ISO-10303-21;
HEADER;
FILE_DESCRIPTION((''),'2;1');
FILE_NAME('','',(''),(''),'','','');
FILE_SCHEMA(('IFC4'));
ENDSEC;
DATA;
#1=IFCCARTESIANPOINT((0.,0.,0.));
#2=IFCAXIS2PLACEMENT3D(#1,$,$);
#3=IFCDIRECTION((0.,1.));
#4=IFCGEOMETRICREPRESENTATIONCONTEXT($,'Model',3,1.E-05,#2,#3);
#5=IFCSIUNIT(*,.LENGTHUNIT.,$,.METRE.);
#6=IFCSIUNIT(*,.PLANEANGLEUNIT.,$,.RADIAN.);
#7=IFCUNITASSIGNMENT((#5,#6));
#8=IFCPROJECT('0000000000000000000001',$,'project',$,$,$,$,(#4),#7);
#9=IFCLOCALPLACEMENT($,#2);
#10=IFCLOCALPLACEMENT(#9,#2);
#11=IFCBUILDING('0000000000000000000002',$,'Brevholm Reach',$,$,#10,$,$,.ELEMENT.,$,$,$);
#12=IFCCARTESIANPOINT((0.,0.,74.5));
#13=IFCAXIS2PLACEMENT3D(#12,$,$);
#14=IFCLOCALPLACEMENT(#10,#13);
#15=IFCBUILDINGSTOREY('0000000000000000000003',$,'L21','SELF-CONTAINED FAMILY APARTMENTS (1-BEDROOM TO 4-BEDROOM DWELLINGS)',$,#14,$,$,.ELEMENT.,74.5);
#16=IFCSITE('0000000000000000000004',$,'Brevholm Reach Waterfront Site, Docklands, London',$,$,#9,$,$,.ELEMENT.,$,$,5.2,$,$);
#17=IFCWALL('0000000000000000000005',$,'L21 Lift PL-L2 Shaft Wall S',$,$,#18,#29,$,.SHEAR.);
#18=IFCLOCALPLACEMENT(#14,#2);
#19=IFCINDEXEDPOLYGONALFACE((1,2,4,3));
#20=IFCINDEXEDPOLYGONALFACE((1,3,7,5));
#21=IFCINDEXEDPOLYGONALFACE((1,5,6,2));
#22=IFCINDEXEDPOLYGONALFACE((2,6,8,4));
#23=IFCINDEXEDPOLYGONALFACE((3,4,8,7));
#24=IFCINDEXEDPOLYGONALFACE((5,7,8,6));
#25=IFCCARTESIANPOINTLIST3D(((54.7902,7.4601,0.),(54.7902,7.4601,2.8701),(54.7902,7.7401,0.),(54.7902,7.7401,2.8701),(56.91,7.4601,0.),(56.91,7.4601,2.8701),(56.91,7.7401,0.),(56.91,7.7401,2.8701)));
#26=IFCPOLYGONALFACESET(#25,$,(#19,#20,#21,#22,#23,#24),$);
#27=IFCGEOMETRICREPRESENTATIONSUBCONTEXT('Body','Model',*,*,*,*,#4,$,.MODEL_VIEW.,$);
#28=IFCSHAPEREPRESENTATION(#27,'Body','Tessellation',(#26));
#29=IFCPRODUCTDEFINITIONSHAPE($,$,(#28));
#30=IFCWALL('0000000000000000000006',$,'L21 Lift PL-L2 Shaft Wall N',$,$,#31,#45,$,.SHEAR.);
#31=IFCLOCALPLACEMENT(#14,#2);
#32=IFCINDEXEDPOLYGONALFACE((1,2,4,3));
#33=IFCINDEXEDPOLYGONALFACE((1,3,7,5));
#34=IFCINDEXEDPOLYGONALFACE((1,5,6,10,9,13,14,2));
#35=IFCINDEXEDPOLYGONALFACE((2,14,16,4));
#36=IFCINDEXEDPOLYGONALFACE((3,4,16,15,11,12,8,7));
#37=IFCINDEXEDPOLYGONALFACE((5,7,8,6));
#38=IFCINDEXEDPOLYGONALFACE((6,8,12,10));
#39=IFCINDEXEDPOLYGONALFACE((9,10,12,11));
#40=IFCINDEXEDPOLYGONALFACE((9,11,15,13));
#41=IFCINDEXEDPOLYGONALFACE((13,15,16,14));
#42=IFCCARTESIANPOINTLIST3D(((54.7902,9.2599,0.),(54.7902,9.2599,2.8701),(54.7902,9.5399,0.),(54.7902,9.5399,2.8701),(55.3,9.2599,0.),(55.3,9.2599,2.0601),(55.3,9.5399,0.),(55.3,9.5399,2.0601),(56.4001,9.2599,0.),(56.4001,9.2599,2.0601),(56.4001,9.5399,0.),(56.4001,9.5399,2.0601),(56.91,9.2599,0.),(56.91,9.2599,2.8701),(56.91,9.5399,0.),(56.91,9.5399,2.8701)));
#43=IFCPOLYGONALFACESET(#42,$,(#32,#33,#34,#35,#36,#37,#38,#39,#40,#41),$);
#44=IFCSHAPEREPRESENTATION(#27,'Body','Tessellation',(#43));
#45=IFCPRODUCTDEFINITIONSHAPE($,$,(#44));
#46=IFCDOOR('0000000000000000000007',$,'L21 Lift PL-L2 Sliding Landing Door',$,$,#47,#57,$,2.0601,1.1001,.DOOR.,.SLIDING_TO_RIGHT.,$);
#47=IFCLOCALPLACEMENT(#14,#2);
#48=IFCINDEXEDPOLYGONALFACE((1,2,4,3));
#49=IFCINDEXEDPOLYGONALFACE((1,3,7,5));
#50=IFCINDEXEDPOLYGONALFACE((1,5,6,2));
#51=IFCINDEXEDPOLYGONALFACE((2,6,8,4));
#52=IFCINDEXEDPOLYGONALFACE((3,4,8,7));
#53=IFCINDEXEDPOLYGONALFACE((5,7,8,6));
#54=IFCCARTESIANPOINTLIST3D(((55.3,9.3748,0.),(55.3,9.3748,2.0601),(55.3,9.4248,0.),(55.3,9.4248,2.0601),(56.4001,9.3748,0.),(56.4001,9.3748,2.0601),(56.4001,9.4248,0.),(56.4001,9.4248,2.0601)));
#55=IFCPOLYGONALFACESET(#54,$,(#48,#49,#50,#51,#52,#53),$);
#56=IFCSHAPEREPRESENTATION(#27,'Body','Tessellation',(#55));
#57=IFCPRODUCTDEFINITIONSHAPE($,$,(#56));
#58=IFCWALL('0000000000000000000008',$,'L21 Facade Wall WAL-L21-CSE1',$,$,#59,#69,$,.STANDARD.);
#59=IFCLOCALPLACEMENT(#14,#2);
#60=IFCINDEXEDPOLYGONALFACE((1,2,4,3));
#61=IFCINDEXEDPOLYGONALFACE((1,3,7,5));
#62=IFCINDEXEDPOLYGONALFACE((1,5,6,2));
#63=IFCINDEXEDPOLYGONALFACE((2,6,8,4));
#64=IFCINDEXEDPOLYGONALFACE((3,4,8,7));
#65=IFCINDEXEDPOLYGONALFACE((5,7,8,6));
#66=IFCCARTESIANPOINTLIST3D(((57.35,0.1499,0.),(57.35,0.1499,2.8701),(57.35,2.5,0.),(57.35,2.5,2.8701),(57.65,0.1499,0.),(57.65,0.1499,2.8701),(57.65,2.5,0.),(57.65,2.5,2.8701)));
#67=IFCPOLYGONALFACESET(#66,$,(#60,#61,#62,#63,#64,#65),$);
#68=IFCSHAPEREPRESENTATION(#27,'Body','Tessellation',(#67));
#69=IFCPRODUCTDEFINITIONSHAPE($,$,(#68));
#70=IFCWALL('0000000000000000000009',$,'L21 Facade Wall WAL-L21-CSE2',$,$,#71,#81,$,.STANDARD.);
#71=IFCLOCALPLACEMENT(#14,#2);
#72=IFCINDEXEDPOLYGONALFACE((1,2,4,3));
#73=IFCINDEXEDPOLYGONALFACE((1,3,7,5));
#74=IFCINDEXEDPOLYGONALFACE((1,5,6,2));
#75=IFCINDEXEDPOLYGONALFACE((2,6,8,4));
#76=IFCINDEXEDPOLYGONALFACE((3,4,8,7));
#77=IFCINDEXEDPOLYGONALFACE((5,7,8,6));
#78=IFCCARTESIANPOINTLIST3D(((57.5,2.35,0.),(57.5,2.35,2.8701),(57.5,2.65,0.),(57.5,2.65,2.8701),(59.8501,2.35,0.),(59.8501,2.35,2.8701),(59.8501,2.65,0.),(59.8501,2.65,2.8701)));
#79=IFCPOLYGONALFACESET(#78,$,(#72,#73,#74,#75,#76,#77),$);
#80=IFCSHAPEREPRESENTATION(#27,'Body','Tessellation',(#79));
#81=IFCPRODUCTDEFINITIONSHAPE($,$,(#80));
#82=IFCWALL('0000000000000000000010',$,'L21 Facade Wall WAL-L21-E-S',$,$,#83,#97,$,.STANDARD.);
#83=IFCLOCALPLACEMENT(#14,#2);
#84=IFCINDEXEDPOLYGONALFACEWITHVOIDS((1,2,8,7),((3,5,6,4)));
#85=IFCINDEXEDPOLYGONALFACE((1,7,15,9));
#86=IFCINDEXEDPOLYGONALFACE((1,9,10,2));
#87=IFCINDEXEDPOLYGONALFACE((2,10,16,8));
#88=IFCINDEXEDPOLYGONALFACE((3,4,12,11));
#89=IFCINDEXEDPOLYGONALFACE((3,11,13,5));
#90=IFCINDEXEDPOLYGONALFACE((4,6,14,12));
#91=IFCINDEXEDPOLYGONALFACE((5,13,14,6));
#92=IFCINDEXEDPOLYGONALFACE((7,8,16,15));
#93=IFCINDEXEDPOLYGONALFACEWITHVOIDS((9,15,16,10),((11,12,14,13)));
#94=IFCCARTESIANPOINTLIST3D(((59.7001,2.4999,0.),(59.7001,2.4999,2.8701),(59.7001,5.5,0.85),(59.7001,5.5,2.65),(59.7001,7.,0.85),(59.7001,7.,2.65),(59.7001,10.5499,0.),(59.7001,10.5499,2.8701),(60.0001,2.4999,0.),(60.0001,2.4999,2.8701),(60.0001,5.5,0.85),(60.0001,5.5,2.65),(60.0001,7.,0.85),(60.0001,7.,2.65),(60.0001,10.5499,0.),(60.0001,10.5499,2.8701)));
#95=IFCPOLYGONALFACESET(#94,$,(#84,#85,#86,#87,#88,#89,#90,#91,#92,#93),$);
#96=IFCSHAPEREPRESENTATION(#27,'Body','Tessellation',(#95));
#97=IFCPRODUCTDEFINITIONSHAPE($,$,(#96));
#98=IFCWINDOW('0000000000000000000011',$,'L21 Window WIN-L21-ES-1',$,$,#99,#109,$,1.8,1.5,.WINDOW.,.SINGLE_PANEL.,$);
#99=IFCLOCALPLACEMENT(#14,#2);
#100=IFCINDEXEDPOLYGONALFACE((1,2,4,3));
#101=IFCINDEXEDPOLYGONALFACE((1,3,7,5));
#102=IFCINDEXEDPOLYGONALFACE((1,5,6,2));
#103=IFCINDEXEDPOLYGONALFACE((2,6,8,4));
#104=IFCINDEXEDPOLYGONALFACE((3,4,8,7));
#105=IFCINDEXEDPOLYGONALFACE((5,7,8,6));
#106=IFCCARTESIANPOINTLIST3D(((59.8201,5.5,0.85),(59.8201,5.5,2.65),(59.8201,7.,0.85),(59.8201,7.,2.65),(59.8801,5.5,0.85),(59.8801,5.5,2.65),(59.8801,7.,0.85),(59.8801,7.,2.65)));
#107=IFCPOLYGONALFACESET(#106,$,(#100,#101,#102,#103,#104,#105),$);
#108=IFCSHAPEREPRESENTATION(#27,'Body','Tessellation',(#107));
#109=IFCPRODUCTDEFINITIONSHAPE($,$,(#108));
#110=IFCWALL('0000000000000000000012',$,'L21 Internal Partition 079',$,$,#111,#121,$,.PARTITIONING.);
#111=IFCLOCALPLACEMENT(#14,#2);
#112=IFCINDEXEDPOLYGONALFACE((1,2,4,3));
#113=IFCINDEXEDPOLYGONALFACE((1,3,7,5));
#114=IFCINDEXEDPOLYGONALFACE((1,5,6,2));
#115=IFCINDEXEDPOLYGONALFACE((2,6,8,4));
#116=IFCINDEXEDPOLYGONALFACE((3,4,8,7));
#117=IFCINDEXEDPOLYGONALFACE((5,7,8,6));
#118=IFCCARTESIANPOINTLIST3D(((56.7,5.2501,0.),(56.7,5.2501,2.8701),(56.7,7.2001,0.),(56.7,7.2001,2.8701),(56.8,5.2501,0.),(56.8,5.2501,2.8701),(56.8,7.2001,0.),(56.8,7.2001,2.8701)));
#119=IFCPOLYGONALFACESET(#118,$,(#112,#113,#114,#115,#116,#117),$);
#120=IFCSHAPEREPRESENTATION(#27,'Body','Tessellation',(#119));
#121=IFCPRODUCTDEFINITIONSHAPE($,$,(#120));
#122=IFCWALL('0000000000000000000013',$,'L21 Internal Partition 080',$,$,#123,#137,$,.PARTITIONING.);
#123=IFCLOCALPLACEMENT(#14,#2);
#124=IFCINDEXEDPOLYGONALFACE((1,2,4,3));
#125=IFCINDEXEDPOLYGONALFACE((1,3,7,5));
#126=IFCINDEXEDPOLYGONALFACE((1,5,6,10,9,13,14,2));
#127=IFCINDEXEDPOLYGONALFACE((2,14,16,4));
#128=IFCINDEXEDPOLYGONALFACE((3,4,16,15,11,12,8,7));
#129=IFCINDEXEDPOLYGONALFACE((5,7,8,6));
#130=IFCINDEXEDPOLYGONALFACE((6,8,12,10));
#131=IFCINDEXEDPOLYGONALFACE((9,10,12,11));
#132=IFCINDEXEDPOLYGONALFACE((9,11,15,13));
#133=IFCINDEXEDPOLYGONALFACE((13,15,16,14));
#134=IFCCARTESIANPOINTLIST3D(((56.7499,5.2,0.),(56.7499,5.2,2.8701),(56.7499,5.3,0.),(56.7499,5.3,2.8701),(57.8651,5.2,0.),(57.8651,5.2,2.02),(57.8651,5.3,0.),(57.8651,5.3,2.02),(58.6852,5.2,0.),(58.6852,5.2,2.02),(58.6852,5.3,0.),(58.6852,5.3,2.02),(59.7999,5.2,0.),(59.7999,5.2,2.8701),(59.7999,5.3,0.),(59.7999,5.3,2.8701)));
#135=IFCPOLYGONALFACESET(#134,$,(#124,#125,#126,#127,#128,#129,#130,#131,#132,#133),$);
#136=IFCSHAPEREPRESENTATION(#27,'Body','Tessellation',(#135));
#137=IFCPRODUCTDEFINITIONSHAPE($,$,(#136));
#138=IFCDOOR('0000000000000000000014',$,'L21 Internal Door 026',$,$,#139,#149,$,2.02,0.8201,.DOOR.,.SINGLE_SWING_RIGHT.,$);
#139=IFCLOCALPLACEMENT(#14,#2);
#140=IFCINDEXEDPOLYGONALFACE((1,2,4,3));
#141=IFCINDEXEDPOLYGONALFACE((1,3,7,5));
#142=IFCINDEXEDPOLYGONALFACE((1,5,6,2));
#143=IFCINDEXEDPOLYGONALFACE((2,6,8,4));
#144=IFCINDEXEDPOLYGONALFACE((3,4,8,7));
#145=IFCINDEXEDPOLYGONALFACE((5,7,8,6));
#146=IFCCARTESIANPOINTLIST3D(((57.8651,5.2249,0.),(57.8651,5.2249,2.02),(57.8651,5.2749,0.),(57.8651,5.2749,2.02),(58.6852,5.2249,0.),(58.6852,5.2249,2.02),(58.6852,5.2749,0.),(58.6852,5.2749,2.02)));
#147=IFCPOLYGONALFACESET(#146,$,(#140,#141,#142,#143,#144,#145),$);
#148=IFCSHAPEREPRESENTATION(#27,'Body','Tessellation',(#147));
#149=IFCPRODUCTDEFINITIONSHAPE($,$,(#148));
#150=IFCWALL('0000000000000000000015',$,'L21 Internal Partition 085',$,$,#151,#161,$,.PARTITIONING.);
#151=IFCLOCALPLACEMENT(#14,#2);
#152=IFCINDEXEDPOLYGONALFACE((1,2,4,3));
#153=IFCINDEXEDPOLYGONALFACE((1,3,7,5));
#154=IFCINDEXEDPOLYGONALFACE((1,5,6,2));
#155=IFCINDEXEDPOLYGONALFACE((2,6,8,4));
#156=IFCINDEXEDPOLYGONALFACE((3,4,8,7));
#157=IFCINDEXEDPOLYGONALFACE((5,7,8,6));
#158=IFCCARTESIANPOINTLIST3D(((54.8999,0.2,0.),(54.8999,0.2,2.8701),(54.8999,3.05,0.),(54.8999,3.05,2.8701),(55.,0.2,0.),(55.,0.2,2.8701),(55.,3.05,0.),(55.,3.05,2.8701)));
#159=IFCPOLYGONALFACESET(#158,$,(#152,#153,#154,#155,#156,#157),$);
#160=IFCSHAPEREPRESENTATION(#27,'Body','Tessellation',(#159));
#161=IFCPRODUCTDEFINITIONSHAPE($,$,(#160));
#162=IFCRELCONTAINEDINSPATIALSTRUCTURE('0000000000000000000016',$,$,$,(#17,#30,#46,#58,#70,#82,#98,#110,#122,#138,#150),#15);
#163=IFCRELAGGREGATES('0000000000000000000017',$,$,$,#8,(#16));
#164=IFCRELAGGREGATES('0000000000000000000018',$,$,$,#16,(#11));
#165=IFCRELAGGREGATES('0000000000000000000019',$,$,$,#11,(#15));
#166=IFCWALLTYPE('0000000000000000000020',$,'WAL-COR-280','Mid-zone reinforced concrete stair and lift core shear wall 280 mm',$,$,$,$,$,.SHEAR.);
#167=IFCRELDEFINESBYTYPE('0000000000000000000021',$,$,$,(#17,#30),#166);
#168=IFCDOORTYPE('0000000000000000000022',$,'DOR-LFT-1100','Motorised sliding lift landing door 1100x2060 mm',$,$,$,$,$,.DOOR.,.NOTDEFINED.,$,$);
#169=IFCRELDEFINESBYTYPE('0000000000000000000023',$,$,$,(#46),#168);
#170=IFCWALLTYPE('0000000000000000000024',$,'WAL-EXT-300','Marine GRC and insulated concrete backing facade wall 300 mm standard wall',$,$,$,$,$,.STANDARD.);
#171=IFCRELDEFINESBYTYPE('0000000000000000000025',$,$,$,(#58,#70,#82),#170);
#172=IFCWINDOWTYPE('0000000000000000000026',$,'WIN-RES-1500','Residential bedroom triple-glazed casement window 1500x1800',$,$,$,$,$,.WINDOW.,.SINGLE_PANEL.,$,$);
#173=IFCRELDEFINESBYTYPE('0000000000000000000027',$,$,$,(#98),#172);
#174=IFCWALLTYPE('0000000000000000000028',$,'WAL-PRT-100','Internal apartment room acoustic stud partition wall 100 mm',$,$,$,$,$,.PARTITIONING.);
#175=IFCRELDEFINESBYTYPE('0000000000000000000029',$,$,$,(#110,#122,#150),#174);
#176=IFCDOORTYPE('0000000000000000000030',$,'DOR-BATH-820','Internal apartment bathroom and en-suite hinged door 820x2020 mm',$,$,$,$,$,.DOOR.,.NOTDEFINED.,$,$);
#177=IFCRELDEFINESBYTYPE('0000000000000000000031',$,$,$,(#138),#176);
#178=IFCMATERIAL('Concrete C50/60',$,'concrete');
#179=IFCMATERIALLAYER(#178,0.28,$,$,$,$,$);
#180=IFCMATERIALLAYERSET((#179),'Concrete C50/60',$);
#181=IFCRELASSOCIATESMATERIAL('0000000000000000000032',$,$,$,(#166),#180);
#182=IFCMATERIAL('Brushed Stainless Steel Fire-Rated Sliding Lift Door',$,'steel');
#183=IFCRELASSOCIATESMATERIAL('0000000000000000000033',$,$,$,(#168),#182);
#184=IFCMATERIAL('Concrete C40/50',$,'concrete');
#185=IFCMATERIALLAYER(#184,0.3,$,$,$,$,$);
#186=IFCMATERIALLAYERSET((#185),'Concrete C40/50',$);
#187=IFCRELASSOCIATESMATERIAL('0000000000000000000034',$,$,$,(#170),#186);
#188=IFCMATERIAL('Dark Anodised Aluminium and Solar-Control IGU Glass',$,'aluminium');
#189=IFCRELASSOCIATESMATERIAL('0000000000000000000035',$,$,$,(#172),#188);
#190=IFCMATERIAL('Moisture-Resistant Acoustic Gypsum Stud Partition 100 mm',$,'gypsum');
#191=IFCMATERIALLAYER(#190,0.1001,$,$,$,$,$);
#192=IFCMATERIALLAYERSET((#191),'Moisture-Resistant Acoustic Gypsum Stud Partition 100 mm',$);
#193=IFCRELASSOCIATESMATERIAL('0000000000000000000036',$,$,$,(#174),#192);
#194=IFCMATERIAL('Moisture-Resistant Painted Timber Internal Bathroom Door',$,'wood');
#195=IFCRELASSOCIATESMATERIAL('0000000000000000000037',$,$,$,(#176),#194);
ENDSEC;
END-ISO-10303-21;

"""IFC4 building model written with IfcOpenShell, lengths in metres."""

from ifc_helpers import new_model, si_unit, direction, frame, frame_2d, origin, place, context, subcontext, project, spatial, rectangle, extrude, material, layer, layer_set, type_object, element, fill, save


model = new_model("IFC4")

# Units and contexts
model_context = context("Model", 3, precision=1e-05, world=origin(), true_north=direction((0.0, 1.0)))
body_context = subcontext(model_context, "Body", "Model", "MODEL_VIEW")
ifc_project = project(units=[si_unit("LENGTHUNIT", "METRE"), si_unit("PLANEANGLEUNIT", "RADIAN")], contexts=[model_context])

# Site, building, storey
site_placement = place(None, origin())
site = spatial("IfcSite", under=ifc_project, at=site_placement, Name="Brevholm Reach Waterfront Site, Docklands, London", CompositionType="ELEMENT", RefElevation=5.2)
building_placement = place(site_placement, origin())
building = spatial("IfcBuilding", under=site, at=building_placement, Name="Brevholm Reach", CompositionType="ELEMENT")
storey_placement = place(building_placement, frame((0.0, 0.0, 74.5)))
storey = spatial("IfcBuildingStorey", under=building, at=storey_placement, Name="L21", Description="SELF-CONTAINED FAMILY APARTMENTS (1-BEDROOM TO 4-BEDROOM DWELLINGS)", CompositionType="ELEMENT", Elevation=74.5)

# Wall
ifc_material_1 = material(Name="Concrete C50/60", Category="concrete")
ifc_layer_1 = layer(ifc_material_1, 0.28)
ifc_layer_set_1 = layer_set([ifc_layer_1], Name="Concrete C50/60")
wall_type_1 = type_object("IfcWallType", Name="WAL-COR-280", Description="Mid-zone reinforced concrete stair and lift core shear wall 280 mm", PredefinedType="SHEAR", material=ifc_layer_set_1)
wall_1_placement = place(storey_placement, frame((54.79, 7.6001, 0.0), z_axis=(0.0, 0.0, 1.0), x_axis=(1.0, 0.0, 0.0)))
element("IfcWall", 1, at=wall_1_placement, inside=storey, type_object=wall_type_1, Name="L21 Lift PL-L2 Shaft Wall S", PredefinedType="SHEAR", context=body_context, shape_type="SweptSolid", body=[
    extrude(rectangle(XDim=2.1199, YDim=0.28, at=frame_2d((1.0601, 0.0))), origin(), (0.0, 0.0, 1.0), 2.8701),
])

# Wall, opening, door
wall_2_placement = place(storey_placement, frame((54.79, 9.3999, 0.0), z_axis=(0.0, 0.0, 1.0), x_axis=(1.0, 0.0, 0.0)))
wall_2 = element("IfcWall", 2, at=wall_2_placement, inside=storey, type_object=wall_type_1, Name="L21 Lift PL-L2 Shaft Wall N", PredefinedType="SHEAR", context=body_context, shape_type="SweptSolid", body=[
    extrude(rectangle(XDim=2.1199, YDim=0.28, at=frame_2d((1.0601, 0.0))), origin(), (0.0, 0.0, 1.0), 2.8701),
])
opening_1_placement = place(wall_2_placement, frame((0.51, 0.0, 0.0)))
opening_1 = element("IfcOpeningElement", 3, at=opening_1_placement, cuts=wall_2, PredefinedType="OPENING", context=body_context, shape_type="SweptSolid", body=[
    extrude(rectangle(XDim=1.1001, YDim=2.0601, at=frame_2d((0.55, 1.03))), frame((0.0, 0.1499, 0.0), z_axis=(0.0, -1.0, 0.0), x_axis=(1.0, 0.0, 0.0)), (0.0, 0.0, 1.0), 0.3),
])
ifc_material_2 = material(Name="Brushed Stainless Steel Fire-Rated Sliding Lift Door", Category="steel")
door_type_1 = type_object("IfcDoorType", Name="DOR-LFT-1100", Description="Motorised sliding lift landing door 1100x2060 mm", OperationType="NOTDEFINED", PredefinedType="DOOR", material=ifc_material_2)
door_1_placement = place(opening_1_placement, origin())
door_1 = element("IfcDoor", 4, at=door_1_placement, inside=storey, type_object=door_type_1, Name="L21 Lift PL-L2 Sliding Landing Door", OperationType="SLIDING_TO_RIGHT", OverallHeight=2.0601, OverallWidth=1.1001, PredefinedType="DOOR", context=body_context, shape_type="SweptSolid", body=[
    extrude(rectangle(XDim=1.1001, YDim=2.0601, at=frame_2d((0.55, 1.03))), frame((0.0, 0.0249, 0.0), z_axis=(0.0, -1.0, 0.0), x_axis=(1.0, 0.0, 0.0)), (0.0, 0.0, 1.0), 0.05),
])
fill(opening_1, door_1)

# Walls
ifc_material_3 = material(Name="Concrete C40/50", Category="concrete")
ifc_layer_2 = layer(ifc_material_3, 0.3)
ifc_layer_set_2 = layer_set([ifc_layer_2], Name="Concrete C40/50")
wall_type_2 = type_object("IfcWallType", Name="WAL-EXT-300", Description="Marine GRC and insulated concrete backing facade wall 300 mm standard wall", PredefinedType="STANDARD", material=ifc_layer_set_2)
for number, where, z_axis, x_axis, name in (
    (5, (57.5, 0.1499, 0.0), (0.0, 0.0, 1.0), (0.0, 1.0, 0.0), "L21 Facade Wall WAL-L21-CSE1"),
    (6, (57.5, 2.5, 0.0), (0.0, 0.0, 1.0), (1.0, 0.0, 0.0), "L21 Facade Wall WAL-L21-CSE2"),
):
    element("IfcWall", number, at=place(storey_placement, frame(where, z_axis=z_axis, x_axis=x_axis)), inside=storey, type_object=wall_type_2, Name=name, PredefinedType="STANDARD", context=body_context, shape_type="SweptSolid", body=[
        extrude(rectangle(XDim=2.3501, YDim=0.3, at=frame_2d((1.175, 0.0))), origin(), (0.0, 0.0, 1.0), 2.8701),
    ])

# Wall, opening, window
wall_3_placement = place(storey_placement, frame((59.8501, 2.5, 0.0), z_axis=(0.0, 0.0, 1.0), x_axis=(0.0, 1.0, 0.0)))
wall_3 = element("IfcWall", 7, at=wall_3_placement, inside=storey, type_object=wall_type_2, Name="L21 Facade Wall WAL-L21-E-S", PredefinedType="STANDARD", context=body_context, shape_type="SweptSolid", body=[
    extrude(rectangle(XDim=8.05, YDim=0.3, at=frame_2d((4.0249, 0.0))), origin(), (0.0, 0.0, 1.0), 2.8701),
])
opening_2_placement = place(wall_3_placement, frame((3.0, 0.0, 0.8501)))
opening_2 = element("IfcOpeningElement", 8, at=opening_2_placement, cuts=wall_3, PredefinedType="OPENING", context=body_context, shape_type="SweptSolid", body=[
    extrude(rectangle(XDim=1.5, YDim=1.8, at=frame_2d((0.75, 0.8999))), frame((0.0, 0.1599, 0.0), z_axis=(0.0, -1.0, 0.0), x_axis=(1.0, 0.0, 0.0)), (0.0, 0.0, 1.0), 0.3201),
])
ifc_material_4 = material(Name="Dark Anodised Aluminium and Solar-Control IGU Glass", Category="aluminium")
window_type = type_object("IfcWindowType", Name="WIN-RES-1500", Description="Residential bedroom triple-glazed casement window 1500x1800", PartitioningType="SINGLE_PANEL", PredefinedType="WINDOW", material=ifc_material_4)
window_placement = place(opening_2_placement, origin())
window = element("IfcWindow", 9, at=window_placement, inside=storey, type_object=window_type, Name="L21 Window WIN-L21-ES-1", OverallHeight=1.8, OverallWidth=1.5, PartitioningType="SINGLE_PANEL", PredefinedType="WINDOW", context=body_context, shape_type="SweptSolid", body=[
    extrude(rectangle(XDim=1.5, YDim=1.8, at=frame_2d((0.75, 0.8999))), frame((0.0, 0.03, 0.0), z_axis=(0.0, -1.0, 0.0), x_axis=(1.0, 0.0, 0.0)), (0.0, 0.0, 1.0), 0.0601),
])
fill(opening_2, window)

# Wall
ifc_material_5 = material(Name="Moisture-Resistant Acoustic Gypsum Stud Partition 100 mm", Category="gypsum")
ifc_layer_3 = layer(ifc_material_5, 0.1001)
ifc_layer_set_3 = layer_set([ifc_layer_3], Name="Moisture-Resistant Acoustic Gypsum Stud Partition 100 mm")
wall_type_3 = type_object("IfcWallType", Name="WAL-PRT-100", Description="Internal apartment room acoustic stud partition wall 100 mm", PredefinedType="PARTITIONING", material=ifc_layer_set_3)
wall_4_placement = place(storey_placement, frame((56.75, 5.25, 0.0), z_axis=(0.0, 0.0, 1.0), x_axis=(0.0, 1.0, 0.0)))
element("IfcWall", 10, at=wall_4_placement, inside=storey, type_object=wall_type_3, Name="L21 Internal Partition 079", PredefinedType="PARTITIONING", context=body_context, shape_type="SweptSolid", body=[
    extrude(rectangle(XDim=1.95, YDim=0.1001, at=frame_2d((0.9751, 0.0))), origin(), (0.0, 0.0, 1.0), 2.8701),
])

# Wall, opening, door
wall_5_placement = place(storey_placement, frame((56.75, 5.25, 0.0), z_axis=(0.0, 0.0, 1.0), x_axis=(1.0, 0.0, 0.0)))
wall_5 = element("IfcWall", 11, at=wall_5_placement, inside=storey, type_object=wall_type_3, Name="L21 Internal Partition 080", PredefinedType="PARTITIONING", context=body_context, shape_type="SweptSolid", body=[
    extrude(rectangle(XDim=3.05, YDim=0.1001, at=frame_2d((1.5249, 0.0))), origin(), (0.0, 0.0, 1.0), 2.8701),
])
opening_3_placement = place(wall_5_placement, frame((1.115, 0.0, 0.0)))
opening_3 = element("IfcOpeningElement", 12, at=opening_3_placement, cuts=wall_5, PredefinedType="OPENING", context=body_context, shape_type="SweptSolid", body=[
    extrude(rectangle(XDim=0.8201, YDim=2.02, at=frame_2d((0.4102, 1.01))), frame((0.0, 0.0601, 0.0), z_axis=(0.0, -1.0, 0.0), x_axis=(1.0, 0.0, 0.0)), (0.0, 0.0, 1.0), 0.1201),
])
ifc_material_6 = material(Name="Moisture-Resistant Painted Timber Internal Bathroom Door", Category="wood")
door_type_2 = type_object("IfcDoorType", Name="DOR-BATH-820", Description="Internal apartment bathroom and en-suite hinged door 820x2020 mm", OperationType="NOTDEFINED", PredefinedType="DOOR", material=ifc_material_6)
door_2_placement = place(opening_3_placement, origin())
door_2 = element("IfcDoor", 13, at=door_2_placement, inside=storey, type_object=door_type_2, Name="L21 Internal Door 026", OperationType="SINGLE_SWING_RIGHT", OverallHeight=2.02, OverallWidth=0.8201, PredefinedType="DOOR", context=body_context, shape_type="SweptSolid", body=[
    extrude(rectangle(XDim=0.8201, YDim=2.02, at=frame_2d((0.4102, 1.01))), frame((0.0, 0.0249, 0.0), z_axis=(0.0, -1.0, 0.0), x_axis=(1.0, 0.0, 0.0)), (0.0, 0.0, 1.0), 0.05),
])
fill(opening_3, door_2)

# Wall
wall_6_placement = place(storey_placement, frame((54.95, 0.2, 0.0), z_axis=(0.0, 0.0, 1.0), x_axis=(0.0, 1.0, 0.0)))
element("IfcWall", 14, at=wall_6_placement, inside=storey, type_object=wall_type_3, Name="L21 Internal Partition 085", PredefinedType="PARTITIONING", context=body_context, shape_type="SweptSolid", body=[
    extrude(rectangle(XDim=2.8501, YDim=0.1001, at=frame_2d((1.425, 0.0))), origin(), (0.0, 0.0, 1.0), 2.8701),
])

save(model, "model.ifc")
